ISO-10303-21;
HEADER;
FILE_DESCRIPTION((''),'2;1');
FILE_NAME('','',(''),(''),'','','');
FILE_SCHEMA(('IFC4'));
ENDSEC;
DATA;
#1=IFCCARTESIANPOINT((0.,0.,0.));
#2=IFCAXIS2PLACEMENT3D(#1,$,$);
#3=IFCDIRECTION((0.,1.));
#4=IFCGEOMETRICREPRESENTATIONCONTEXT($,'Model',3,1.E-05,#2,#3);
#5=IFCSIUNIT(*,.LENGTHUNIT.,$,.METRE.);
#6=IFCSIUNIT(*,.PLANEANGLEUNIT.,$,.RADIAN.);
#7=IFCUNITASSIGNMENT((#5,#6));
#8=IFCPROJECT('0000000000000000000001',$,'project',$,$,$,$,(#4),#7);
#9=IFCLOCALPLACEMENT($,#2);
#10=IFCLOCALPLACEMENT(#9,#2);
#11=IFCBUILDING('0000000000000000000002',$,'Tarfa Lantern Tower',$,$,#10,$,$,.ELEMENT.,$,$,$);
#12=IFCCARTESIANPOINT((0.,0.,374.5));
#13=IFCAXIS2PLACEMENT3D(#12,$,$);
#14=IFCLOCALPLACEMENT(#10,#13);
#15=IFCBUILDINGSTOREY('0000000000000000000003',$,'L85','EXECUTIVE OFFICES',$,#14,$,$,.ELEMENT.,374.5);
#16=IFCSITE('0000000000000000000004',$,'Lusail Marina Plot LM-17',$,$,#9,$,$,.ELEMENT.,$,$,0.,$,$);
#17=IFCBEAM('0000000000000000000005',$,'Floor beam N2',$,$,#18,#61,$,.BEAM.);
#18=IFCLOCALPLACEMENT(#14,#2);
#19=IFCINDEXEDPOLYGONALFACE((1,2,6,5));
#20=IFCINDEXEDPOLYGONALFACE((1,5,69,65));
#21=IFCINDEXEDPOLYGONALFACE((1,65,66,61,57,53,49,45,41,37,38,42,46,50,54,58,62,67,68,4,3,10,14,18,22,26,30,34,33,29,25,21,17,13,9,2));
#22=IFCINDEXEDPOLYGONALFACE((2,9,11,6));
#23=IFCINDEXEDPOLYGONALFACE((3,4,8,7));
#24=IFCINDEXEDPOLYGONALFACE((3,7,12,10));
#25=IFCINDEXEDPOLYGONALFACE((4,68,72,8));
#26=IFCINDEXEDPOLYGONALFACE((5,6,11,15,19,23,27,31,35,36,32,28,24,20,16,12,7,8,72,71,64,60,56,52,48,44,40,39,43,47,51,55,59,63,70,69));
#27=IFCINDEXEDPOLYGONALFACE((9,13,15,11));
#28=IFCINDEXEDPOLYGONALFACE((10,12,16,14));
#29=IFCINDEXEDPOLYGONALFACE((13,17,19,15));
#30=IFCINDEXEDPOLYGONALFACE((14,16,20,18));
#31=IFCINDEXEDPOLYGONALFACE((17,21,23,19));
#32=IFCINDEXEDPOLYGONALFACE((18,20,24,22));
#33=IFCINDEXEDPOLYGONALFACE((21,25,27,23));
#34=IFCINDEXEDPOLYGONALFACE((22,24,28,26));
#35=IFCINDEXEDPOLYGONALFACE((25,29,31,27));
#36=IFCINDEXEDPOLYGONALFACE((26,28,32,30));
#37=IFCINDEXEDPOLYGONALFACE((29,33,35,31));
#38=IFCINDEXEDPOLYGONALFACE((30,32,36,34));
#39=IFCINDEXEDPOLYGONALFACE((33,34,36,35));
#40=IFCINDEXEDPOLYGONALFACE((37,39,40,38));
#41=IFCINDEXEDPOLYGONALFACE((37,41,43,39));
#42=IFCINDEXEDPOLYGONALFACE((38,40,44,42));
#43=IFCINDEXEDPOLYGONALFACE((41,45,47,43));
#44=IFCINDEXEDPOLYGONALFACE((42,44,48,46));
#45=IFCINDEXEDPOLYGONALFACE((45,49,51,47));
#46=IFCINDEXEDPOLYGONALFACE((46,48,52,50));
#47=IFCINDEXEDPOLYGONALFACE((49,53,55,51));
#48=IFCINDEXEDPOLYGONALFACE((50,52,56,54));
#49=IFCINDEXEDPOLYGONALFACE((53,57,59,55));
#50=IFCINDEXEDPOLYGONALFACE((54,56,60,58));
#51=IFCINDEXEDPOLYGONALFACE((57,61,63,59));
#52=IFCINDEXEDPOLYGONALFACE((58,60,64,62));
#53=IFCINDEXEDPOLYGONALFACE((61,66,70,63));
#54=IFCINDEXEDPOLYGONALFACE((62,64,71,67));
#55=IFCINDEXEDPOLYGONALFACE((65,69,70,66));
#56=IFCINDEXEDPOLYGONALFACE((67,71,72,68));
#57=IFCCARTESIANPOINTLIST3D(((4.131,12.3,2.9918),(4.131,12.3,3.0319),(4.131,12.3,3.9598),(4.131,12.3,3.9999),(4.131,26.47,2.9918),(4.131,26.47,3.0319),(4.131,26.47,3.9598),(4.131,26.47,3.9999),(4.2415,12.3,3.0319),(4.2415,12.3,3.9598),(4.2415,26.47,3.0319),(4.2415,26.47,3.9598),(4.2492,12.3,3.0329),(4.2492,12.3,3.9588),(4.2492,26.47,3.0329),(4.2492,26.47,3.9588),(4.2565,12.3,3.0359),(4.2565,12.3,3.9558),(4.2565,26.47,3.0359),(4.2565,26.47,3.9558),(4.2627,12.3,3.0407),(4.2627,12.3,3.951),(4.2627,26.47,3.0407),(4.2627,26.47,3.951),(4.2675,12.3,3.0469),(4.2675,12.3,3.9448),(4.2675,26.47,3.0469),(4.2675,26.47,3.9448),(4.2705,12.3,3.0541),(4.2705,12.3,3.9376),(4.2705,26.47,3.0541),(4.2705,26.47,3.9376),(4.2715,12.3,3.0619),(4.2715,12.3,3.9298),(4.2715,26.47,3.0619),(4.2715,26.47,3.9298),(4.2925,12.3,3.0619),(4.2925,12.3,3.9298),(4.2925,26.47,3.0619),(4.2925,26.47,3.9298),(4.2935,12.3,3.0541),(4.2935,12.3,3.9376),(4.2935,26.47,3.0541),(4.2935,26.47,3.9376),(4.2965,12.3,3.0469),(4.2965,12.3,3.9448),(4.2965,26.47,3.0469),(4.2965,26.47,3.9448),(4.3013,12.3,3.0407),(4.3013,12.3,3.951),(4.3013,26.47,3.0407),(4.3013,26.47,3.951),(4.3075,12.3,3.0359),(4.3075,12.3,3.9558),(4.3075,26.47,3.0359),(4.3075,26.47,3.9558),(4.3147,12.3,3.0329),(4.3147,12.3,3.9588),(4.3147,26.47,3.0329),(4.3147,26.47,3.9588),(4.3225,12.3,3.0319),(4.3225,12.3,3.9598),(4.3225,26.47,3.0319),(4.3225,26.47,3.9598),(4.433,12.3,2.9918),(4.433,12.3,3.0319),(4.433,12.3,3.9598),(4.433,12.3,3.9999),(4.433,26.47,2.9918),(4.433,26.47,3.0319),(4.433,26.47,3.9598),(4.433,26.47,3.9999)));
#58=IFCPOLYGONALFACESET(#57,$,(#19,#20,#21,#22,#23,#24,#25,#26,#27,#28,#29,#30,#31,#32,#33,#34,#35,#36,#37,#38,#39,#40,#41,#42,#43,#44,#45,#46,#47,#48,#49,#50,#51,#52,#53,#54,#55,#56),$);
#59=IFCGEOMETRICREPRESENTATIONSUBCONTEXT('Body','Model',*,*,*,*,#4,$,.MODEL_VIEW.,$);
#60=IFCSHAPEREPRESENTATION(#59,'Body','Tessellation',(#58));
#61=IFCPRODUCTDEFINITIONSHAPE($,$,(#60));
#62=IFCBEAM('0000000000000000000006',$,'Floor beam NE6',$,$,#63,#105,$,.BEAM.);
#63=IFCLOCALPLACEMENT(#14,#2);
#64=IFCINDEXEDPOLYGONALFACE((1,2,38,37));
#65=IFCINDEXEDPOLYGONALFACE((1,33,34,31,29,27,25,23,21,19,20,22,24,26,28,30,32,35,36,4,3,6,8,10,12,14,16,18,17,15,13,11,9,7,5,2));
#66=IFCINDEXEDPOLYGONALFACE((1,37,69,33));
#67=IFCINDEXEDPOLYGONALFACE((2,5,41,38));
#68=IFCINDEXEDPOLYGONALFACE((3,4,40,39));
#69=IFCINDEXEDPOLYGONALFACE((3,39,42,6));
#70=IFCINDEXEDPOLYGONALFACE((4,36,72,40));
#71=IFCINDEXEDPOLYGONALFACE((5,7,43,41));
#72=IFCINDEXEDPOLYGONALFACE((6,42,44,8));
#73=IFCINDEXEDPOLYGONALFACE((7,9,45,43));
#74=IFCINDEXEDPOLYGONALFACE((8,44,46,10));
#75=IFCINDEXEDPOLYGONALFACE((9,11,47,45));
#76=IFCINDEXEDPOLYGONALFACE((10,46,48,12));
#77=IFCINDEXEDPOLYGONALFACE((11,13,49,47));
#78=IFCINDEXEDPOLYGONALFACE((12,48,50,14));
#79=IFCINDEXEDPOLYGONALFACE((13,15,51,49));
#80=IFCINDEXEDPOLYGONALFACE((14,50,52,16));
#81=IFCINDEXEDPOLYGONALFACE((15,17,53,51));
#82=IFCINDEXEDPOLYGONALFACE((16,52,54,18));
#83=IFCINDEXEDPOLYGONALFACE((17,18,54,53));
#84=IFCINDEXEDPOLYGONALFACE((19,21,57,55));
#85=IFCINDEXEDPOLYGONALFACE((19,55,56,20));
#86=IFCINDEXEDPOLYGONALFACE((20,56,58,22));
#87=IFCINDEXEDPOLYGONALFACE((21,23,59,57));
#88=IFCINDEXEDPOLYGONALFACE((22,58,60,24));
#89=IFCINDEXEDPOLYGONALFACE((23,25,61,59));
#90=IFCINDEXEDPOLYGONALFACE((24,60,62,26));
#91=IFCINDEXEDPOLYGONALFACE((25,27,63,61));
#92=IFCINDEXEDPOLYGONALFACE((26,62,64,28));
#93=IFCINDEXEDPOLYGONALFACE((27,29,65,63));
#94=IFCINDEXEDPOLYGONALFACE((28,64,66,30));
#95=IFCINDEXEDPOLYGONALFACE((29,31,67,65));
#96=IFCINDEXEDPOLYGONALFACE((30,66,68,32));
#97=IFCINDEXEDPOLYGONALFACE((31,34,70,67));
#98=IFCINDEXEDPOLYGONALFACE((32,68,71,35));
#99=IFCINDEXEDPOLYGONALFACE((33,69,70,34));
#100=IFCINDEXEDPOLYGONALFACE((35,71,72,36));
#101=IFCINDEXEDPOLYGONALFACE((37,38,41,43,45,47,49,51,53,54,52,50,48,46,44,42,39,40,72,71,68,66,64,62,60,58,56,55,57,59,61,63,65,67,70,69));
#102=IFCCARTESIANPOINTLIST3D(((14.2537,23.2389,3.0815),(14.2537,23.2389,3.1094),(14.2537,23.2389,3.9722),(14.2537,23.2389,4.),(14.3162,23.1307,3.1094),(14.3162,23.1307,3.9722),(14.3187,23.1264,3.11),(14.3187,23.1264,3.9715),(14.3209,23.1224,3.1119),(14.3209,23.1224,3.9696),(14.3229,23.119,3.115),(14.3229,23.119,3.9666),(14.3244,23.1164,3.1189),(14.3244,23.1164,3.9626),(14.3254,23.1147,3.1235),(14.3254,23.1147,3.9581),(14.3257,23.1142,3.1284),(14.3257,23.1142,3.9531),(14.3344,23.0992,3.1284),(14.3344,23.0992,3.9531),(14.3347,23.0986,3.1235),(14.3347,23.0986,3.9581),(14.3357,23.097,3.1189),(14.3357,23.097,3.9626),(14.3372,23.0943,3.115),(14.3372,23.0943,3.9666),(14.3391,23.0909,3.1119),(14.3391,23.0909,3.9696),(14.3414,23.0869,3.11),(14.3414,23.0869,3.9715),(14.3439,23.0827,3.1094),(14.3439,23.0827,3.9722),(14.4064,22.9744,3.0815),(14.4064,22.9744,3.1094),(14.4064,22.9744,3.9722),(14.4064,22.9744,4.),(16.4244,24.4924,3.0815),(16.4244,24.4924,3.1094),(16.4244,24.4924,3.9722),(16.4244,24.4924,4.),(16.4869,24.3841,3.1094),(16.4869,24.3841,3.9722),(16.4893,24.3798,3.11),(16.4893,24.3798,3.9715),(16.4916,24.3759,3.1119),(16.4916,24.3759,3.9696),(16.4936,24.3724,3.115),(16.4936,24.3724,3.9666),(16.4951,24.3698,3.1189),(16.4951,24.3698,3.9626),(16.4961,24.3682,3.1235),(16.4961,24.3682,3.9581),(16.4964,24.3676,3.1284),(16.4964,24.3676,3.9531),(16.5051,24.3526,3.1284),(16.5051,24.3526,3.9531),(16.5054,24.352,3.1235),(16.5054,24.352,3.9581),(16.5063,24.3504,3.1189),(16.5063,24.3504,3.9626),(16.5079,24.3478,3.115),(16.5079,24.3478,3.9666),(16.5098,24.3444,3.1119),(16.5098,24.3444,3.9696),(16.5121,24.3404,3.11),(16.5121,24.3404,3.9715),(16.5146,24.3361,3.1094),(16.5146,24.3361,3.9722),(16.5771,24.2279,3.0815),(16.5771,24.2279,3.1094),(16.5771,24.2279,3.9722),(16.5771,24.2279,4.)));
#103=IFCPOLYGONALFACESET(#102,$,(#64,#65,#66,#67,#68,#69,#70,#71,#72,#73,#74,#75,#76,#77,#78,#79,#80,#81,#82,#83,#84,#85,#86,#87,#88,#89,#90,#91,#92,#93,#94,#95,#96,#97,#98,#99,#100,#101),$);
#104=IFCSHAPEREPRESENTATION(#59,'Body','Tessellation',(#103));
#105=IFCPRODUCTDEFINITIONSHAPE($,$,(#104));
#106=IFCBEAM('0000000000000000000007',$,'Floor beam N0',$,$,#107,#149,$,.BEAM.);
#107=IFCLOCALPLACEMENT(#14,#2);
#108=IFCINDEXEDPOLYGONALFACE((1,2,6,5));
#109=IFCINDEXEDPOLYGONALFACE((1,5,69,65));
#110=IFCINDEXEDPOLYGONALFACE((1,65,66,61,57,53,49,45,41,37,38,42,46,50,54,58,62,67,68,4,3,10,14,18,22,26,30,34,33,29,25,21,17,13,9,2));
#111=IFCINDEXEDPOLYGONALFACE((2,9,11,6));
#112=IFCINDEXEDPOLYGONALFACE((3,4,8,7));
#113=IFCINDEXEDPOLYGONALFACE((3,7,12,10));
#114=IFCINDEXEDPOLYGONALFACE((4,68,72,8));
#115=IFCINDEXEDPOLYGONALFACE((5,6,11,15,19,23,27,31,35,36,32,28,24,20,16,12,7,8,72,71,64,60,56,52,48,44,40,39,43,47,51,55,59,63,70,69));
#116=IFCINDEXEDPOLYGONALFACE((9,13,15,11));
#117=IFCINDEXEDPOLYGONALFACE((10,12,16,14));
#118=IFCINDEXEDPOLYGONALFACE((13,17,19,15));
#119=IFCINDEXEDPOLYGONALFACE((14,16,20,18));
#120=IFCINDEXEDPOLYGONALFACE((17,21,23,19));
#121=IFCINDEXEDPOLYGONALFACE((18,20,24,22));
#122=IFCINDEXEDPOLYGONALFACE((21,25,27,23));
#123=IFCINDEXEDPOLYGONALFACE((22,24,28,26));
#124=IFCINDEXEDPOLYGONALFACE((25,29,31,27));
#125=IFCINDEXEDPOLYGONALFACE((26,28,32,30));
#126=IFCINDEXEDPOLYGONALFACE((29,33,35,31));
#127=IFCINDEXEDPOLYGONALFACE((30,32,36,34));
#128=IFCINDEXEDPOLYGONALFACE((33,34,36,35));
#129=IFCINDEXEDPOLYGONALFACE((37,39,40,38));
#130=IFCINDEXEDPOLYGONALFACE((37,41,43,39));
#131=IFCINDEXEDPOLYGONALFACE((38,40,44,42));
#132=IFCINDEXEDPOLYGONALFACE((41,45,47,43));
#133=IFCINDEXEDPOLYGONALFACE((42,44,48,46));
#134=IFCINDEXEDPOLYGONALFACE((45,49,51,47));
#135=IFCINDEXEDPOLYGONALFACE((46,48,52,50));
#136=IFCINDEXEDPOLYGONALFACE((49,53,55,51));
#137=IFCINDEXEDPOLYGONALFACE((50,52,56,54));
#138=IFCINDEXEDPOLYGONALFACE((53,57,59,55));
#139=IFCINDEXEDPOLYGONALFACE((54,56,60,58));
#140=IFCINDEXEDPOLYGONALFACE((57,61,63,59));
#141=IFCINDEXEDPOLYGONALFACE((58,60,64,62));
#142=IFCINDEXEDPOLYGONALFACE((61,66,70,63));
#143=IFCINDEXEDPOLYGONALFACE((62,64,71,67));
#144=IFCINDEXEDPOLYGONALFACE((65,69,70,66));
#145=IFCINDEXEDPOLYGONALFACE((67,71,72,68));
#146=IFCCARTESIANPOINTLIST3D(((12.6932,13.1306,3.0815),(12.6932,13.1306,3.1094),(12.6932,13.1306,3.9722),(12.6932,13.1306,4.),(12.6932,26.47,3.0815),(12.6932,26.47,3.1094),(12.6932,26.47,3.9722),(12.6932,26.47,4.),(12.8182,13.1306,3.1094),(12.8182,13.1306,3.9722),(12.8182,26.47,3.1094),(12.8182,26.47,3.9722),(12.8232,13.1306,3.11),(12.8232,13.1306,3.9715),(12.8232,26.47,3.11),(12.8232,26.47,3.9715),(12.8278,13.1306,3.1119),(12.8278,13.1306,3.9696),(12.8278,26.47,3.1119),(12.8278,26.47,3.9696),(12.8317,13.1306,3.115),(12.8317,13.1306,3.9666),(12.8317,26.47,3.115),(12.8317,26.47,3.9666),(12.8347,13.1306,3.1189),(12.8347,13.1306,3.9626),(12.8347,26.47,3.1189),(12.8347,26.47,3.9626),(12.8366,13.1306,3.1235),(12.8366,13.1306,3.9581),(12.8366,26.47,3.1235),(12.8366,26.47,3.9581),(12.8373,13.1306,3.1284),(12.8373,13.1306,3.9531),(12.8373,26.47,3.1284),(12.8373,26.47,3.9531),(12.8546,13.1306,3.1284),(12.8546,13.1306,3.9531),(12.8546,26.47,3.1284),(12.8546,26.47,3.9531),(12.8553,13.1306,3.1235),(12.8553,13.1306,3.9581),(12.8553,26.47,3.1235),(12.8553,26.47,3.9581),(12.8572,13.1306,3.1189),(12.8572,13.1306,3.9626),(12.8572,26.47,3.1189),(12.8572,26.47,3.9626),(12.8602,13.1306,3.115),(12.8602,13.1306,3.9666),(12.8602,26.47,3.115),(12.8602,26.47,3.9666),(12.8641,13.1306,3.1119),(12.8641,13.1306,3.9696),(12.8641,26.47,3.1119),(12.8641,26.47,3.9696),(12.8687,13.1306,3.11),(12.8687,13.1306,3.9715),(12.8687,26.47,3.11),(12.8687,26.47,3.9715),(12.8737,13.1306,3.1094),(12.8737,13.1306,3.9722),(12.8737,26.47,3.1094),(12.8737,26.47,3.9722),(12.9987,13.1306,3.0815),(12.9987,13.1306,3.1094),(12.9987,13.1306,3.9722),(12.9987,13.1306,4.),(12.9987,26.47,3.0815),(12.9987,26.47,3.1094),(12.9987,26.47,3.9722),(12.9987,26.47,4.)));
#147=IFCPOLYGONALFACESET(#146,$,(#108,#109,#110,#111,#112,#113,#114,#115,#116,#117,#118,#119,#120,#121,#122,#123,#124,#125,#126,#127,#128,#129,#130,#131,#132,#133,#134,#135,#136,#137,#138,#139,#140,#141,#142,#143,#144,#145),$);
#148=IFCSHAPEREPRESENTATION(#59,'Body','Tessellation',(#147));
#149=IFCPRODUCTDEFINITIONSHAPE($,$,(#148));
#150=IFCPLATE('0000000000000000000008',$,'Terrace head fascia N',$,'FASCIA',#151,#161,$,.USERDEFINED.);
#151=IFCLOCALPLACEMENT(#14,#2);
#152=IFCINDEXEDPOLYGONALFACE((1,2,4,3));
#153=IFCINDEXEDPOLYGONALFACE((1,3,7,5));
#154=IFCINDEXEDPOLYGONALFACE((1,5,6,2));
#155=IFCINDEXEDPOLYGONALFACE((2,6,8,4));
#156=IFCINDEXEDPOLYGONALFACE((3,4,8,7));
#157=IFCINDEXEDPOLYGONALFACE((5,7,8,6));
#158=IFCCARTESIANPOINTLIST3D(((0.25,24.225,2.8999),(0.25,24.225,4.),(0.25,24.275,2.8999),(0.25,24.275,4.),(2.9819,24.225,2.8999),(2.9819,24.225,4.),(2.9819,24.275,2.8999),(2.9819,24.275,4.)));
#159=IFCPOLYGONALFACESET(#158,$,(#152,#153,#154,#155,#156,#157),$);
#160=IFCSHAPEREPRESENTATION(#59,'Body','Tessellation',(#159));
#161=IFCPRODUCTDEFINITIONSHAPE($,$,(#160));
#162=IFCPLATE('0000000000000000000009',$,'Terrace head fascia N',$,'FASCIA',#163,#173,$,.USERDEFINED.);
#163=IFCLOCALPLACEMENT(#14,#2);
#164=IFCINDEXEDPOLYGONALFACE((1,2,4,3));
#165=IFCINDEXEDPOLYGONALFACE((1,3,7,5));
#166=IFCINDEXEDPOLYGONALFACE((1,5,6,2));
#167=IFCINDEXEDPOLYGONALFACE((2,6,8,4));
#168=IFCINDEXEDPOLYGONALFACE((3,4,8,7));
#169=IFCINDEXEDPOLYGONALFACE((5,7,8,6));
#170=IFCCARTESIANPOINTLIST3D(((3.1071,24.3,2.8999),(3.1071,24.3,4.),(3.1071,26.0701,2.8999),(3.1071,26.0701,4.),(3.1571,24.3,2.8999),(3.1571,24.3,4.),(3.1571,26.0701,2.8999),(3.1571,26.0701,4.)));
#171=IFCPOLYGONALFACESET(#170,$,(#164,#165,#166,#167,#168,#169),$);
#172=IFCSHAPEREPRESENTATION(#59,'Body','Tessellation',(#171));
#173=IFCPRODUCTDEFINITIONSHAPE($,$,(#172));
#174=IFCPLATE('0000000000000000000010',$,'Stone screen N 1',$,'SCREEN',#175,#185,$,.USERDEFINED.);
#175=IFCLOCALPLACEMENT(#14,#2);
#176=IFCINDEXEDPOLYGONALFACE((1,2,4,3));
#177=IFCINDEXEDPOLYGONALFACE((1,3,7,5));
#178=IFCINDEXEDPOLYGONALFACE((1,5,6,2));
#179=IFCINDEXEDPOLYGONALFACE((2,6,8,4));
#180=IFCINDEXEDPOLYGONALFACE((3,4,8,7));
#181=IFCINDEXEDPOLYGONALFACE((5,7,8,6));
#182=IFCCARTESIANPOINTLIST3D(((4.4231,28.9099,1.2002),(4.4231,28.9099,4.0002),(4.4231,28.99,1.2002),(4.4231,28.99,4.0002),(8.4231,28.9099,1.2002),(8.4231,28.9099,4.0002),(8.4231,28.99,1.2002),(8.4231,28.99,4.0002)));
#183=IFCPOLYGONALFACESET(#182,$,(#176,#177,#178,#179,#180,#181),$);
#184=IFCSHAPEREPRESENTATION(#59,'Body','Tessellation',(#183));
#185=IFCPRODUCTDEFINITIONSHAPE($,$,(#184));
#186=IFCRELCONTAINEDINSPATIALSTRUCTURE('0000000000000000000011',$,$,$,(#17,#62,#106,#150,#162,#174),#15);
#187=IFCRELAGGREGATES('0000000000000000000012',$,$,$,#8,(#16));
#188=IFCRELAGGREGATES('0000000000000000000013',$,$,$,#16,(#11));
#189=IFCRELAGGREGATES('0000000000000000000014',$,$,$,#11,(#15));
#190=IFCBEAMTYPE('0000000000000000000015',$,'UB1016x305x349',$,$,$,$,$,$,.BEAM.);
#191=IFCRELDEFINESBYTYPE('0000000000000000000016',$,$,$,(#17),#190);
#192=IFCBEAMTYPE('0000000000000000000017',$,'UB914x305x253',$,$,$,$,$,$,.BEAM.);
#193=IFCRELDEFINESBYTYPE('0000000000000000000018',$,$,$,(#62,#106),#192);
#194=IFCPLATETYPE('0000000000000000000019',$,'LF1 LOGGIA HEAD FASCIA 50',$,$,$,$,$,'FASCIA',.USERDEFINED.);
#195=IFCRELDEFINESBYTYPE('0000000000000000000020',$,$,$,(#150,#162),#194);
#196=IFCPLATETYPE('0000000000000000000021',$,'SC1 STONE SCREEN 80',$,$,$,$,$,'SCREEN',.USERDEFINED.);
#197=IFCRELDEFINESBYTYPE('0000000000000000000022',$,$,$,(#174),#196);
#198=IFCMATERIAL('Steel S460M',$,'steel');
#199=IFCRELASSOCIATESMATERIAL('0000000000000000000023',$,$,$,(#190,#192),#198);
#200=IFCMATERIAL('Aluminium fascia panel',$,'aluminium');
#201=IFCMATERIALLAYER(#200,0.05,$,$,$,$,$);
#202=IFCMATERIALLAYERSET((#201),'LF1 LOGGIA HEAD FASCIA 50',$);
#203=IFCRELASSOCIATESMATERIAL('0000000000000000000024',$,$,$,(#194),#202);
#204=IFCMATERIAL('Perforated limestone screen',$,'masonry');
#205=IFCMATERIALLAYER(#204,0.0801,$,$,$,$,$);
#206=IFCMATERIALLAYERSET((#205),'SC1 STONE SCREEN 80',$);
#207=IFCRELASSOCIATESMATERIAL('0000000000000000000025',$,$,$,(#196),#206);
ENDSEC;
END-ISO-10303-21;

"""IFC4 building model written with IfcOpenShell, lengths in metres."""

from ifc_helpers import new_model, si_unit, direction, frame, origin, origin_2d, place, context, subcontext, project, spatial, rectangle, i_section, extrude, material, layer, layer_set, material_profile, profile_set, type_object, element, save


model = new_model("IFC4")

# Units and contexts
model_context = context("Model", 3, precision=1e-05, world=origin(), true_north=direction((0.0, 1.0)))
body_context = subcontext(model_context, "Body", "Model", "MODEL_VIEW")
ifc_project = project(units=[si_unit("LENGTHUNIT", "METRE"), si_unit("PLANEANGLEUNIT", "RADIAN")], contexts=[model_context])

# Site, building, storey
site_placement = place(None, origin())
site = spatial("IfcSite", under=ifc_project, at=site_placement, Name="Lusail Marina Plot LM-17", CompositionType="ELEMENT", RefElevation=0.0)
building_placement = place(site_placement, origin())
building = spatial("IfcBuilding", under=site, at=building_placement, Name="Tarfa Lantern Tower", CompositionType="ELEMENT")
storey_placement = place(building_placement, frame((0.0, 0.0, 374.5)))
storey = spatial("IfcBuildingStorey", under=building, at=storey_placement, Name="L85", Description="EXECUTIVE OFFICES", CompositionType="ELEMENT", Elevation=374.5)

# Beams
ifc_material_1 = material(Name="Steel S460M", Category="steel")
ifc_material_profile_1 = material_profile(ifc_material_1, i_section(OverallWidth=0.302, OverallDepth=1.0081, WebThickness=0.021, FlangeThickness=0.04, FilletRadius=0.03, at=origin_2d()), Name="UB1016x305x349")
ifc_profile_set_1 = profile_set([ifc_material_profile_1], Name="Steel S460M")
beam_type_1 = type_object("IfcBeamType", Name="UB1016x305x349", PredefinedType="BEAM", material=ifc_profile_set_1)
for number, where, z_axis, x_axis, name in (
    (1, (4.282, 26.47, 3.4958), (0.0, -1.0, 0.0), (1.0, 0.0, 0.0), "Floor beam N2"),
):
    element("IfcBeam", number, at=place(storey_placement, frame(where, z_axis=z_axis, x_axis=x_axis)), inside=storey, type_object=beam_type_1, Name=name, PredefinedType="BEAM", context=body_context, shape_type="SweptSolid", body=[
        extrude(i_section(OverallWidth=0.302, OverallDepth=1.0081, WebThickness=0.021, FlangeThickness=0.04, FilletRadius=0.03, at=origin_2d()), origin(), (0.0, 0.0, 1.0), 14.1699),
    ])
ifc_material_profile_2 = material_profile(ifc_material_1, i_section(OverallWidth=0.3054, OverallDepth=0.9185, WebThickness=0.0173, FlangeThickness=0.0278, FilletRadius=0.019, at=origin_2d()), Name="UB914x305x253")
ifc_profile_set_2 = profile_set([ifc_material_profile_2], Name="Steel S460M")
beam_type_2 = type_object("IfcBeamType", Name="UB914x305x253", PredefinedType="BEAM", material=ifc_profile_set_2)
beam_1_placement = place(storey_placement, frame((16.5007, 24.3601, 3.5408), z_axis=(-0.865993, -0.500057, 0.0), x_axis=(0.500057, -0.865993, 0.0)))
element("IfcBeam", 2, at=beam_1_placement, inside=storey, type_object=beam_type_2, Name="Floor beam NE6", PredefinedType="BEAM", context=body_context, shape_type="SweptSolid", body=[
    extrude(i_section(OverallWidth=0.3054, OverallDepth=0.9185, WebThickness=0.0173, FlangeThickness=0.0278, FilletRadius=0.019, at=origin_2d()), origin(), (0.0, 0.0, 1.0), 2.5066),
])
beam_2_placement = place(storey_placement, frame((12.8459, 26.47, 3.5408), z_axis=(0.0, -1.0, 0.0), x_axis=(1.0, 0.0, 0.0)))
element("IfcBeam", 3, at=beam_2_placement, inside=storey, type_object=beam_type_2, Name="Floor beam N0", PredefinedType="BEAM", context=body_context, shape_type="SweptSolid", body=[
    extrude(i_section(OverallWidth=0.3054, OverallDepth=0.9185, WebThickness=0.0173, FlangeThickness=0.0278, FilletRadius=0.019, at=origin_2d()), origin(), (0.0, 0.0, 1.0), 13.3394),
])

# Plates
ifc_material_2 = material(Name="Aluminium fascia panel", Category="aluminium")
ifc_layer_1 = layer(ifc_material_2, 0.05)
ifc_layer_set_1 = layer_set([ifc_layer_1], Name="LF1 LOGGIA HEAD FASCIA 50")
plate_type_1 = type_object("IfcPlateType", Name="LF1 LOGGIA HEAD FASCIA 50", ElementType="FASCIA", PredefinedType="USERDEFINED", material=ifc_layer_set_1)
plate_1_placement = place(storey_placement, frame((1.616, 24.25, 2.8999), z_axis=(0.0, 0.0, 1.0), x_axis=(-1.0, 0.0, 0.0)))
element("IfcPlate", 4, at=plate_1_placement, inside=storey, type_object=plate_type_1, Name="Terrace head fascia N", ObjectType="FASCIA", PredefinedType="USERDEFINED", context=body_context, shape_type="SweptSolid", body=[
    extrude(rectangle(XDim=2.7319, YDim=0.05, at=origin_2d()), origin(), (0.0, 0.0, 1.0), 1.1001),
])
plate_2_placement = place(storey_placement, frame((3.1321, 25.1851, 2.8999), z_axis=(0.0, 0.0, 1.0), x_axis=(0.0, -1.0, 0.0)))
element("IfcPlate", 5, at=plate_2_placement, inside=storey, type_object=plate_type_1, Name="Terrace head fascia N", ObjectType="FASCIA", PredefinedType="USERDEFINED", context=body_context, shape_type="SweptSolid", body=[
    extrude(rectangle(XDim=1.77, YDim=0.05, at=origin_2d()), origin(), (0.0, 0.0, 1.0), 1.1001),
])
ifc_material_3 = material(Name="Perforated limestone screen", Category="masonry")
ifc_layer_2 = layer(ifc_material_3, 0.0801)
ifc_layer_set_2 = layer_set([ifc_layer_2], Name="SC1 STONE SCREEN 80")
plate_type_2 = type_object("IfcPlateType", Name="SC1 STONE SCREEN 80", ElementType="SCREEN", PredefinedType="USERDEFINED", material=ifc_layer_set_2)
plate_3_placement = place(storey_placement, frame((6.4231, 28.95, 1.2002), z_axis=(0.0, 0.0, 1.0), x_axis=(-1.0, 0.0, 0.0)))
element("IfcPlate", 6, at=plate_3_placement, inside=storey, type_object=plate_type_2, Name="Stone screen N 1", ObjectType="SCREEN", PredefinedType="USERDEFINED", context=body_context, shape_type="SweptSolid", body=[
    extrude(rectangle(XDim=4.0, YDim=0.0801, at=origin_2d()), origin(), (0.0, 0.0, 1.0), 2.8),
])

save(model, "model.ifc")
